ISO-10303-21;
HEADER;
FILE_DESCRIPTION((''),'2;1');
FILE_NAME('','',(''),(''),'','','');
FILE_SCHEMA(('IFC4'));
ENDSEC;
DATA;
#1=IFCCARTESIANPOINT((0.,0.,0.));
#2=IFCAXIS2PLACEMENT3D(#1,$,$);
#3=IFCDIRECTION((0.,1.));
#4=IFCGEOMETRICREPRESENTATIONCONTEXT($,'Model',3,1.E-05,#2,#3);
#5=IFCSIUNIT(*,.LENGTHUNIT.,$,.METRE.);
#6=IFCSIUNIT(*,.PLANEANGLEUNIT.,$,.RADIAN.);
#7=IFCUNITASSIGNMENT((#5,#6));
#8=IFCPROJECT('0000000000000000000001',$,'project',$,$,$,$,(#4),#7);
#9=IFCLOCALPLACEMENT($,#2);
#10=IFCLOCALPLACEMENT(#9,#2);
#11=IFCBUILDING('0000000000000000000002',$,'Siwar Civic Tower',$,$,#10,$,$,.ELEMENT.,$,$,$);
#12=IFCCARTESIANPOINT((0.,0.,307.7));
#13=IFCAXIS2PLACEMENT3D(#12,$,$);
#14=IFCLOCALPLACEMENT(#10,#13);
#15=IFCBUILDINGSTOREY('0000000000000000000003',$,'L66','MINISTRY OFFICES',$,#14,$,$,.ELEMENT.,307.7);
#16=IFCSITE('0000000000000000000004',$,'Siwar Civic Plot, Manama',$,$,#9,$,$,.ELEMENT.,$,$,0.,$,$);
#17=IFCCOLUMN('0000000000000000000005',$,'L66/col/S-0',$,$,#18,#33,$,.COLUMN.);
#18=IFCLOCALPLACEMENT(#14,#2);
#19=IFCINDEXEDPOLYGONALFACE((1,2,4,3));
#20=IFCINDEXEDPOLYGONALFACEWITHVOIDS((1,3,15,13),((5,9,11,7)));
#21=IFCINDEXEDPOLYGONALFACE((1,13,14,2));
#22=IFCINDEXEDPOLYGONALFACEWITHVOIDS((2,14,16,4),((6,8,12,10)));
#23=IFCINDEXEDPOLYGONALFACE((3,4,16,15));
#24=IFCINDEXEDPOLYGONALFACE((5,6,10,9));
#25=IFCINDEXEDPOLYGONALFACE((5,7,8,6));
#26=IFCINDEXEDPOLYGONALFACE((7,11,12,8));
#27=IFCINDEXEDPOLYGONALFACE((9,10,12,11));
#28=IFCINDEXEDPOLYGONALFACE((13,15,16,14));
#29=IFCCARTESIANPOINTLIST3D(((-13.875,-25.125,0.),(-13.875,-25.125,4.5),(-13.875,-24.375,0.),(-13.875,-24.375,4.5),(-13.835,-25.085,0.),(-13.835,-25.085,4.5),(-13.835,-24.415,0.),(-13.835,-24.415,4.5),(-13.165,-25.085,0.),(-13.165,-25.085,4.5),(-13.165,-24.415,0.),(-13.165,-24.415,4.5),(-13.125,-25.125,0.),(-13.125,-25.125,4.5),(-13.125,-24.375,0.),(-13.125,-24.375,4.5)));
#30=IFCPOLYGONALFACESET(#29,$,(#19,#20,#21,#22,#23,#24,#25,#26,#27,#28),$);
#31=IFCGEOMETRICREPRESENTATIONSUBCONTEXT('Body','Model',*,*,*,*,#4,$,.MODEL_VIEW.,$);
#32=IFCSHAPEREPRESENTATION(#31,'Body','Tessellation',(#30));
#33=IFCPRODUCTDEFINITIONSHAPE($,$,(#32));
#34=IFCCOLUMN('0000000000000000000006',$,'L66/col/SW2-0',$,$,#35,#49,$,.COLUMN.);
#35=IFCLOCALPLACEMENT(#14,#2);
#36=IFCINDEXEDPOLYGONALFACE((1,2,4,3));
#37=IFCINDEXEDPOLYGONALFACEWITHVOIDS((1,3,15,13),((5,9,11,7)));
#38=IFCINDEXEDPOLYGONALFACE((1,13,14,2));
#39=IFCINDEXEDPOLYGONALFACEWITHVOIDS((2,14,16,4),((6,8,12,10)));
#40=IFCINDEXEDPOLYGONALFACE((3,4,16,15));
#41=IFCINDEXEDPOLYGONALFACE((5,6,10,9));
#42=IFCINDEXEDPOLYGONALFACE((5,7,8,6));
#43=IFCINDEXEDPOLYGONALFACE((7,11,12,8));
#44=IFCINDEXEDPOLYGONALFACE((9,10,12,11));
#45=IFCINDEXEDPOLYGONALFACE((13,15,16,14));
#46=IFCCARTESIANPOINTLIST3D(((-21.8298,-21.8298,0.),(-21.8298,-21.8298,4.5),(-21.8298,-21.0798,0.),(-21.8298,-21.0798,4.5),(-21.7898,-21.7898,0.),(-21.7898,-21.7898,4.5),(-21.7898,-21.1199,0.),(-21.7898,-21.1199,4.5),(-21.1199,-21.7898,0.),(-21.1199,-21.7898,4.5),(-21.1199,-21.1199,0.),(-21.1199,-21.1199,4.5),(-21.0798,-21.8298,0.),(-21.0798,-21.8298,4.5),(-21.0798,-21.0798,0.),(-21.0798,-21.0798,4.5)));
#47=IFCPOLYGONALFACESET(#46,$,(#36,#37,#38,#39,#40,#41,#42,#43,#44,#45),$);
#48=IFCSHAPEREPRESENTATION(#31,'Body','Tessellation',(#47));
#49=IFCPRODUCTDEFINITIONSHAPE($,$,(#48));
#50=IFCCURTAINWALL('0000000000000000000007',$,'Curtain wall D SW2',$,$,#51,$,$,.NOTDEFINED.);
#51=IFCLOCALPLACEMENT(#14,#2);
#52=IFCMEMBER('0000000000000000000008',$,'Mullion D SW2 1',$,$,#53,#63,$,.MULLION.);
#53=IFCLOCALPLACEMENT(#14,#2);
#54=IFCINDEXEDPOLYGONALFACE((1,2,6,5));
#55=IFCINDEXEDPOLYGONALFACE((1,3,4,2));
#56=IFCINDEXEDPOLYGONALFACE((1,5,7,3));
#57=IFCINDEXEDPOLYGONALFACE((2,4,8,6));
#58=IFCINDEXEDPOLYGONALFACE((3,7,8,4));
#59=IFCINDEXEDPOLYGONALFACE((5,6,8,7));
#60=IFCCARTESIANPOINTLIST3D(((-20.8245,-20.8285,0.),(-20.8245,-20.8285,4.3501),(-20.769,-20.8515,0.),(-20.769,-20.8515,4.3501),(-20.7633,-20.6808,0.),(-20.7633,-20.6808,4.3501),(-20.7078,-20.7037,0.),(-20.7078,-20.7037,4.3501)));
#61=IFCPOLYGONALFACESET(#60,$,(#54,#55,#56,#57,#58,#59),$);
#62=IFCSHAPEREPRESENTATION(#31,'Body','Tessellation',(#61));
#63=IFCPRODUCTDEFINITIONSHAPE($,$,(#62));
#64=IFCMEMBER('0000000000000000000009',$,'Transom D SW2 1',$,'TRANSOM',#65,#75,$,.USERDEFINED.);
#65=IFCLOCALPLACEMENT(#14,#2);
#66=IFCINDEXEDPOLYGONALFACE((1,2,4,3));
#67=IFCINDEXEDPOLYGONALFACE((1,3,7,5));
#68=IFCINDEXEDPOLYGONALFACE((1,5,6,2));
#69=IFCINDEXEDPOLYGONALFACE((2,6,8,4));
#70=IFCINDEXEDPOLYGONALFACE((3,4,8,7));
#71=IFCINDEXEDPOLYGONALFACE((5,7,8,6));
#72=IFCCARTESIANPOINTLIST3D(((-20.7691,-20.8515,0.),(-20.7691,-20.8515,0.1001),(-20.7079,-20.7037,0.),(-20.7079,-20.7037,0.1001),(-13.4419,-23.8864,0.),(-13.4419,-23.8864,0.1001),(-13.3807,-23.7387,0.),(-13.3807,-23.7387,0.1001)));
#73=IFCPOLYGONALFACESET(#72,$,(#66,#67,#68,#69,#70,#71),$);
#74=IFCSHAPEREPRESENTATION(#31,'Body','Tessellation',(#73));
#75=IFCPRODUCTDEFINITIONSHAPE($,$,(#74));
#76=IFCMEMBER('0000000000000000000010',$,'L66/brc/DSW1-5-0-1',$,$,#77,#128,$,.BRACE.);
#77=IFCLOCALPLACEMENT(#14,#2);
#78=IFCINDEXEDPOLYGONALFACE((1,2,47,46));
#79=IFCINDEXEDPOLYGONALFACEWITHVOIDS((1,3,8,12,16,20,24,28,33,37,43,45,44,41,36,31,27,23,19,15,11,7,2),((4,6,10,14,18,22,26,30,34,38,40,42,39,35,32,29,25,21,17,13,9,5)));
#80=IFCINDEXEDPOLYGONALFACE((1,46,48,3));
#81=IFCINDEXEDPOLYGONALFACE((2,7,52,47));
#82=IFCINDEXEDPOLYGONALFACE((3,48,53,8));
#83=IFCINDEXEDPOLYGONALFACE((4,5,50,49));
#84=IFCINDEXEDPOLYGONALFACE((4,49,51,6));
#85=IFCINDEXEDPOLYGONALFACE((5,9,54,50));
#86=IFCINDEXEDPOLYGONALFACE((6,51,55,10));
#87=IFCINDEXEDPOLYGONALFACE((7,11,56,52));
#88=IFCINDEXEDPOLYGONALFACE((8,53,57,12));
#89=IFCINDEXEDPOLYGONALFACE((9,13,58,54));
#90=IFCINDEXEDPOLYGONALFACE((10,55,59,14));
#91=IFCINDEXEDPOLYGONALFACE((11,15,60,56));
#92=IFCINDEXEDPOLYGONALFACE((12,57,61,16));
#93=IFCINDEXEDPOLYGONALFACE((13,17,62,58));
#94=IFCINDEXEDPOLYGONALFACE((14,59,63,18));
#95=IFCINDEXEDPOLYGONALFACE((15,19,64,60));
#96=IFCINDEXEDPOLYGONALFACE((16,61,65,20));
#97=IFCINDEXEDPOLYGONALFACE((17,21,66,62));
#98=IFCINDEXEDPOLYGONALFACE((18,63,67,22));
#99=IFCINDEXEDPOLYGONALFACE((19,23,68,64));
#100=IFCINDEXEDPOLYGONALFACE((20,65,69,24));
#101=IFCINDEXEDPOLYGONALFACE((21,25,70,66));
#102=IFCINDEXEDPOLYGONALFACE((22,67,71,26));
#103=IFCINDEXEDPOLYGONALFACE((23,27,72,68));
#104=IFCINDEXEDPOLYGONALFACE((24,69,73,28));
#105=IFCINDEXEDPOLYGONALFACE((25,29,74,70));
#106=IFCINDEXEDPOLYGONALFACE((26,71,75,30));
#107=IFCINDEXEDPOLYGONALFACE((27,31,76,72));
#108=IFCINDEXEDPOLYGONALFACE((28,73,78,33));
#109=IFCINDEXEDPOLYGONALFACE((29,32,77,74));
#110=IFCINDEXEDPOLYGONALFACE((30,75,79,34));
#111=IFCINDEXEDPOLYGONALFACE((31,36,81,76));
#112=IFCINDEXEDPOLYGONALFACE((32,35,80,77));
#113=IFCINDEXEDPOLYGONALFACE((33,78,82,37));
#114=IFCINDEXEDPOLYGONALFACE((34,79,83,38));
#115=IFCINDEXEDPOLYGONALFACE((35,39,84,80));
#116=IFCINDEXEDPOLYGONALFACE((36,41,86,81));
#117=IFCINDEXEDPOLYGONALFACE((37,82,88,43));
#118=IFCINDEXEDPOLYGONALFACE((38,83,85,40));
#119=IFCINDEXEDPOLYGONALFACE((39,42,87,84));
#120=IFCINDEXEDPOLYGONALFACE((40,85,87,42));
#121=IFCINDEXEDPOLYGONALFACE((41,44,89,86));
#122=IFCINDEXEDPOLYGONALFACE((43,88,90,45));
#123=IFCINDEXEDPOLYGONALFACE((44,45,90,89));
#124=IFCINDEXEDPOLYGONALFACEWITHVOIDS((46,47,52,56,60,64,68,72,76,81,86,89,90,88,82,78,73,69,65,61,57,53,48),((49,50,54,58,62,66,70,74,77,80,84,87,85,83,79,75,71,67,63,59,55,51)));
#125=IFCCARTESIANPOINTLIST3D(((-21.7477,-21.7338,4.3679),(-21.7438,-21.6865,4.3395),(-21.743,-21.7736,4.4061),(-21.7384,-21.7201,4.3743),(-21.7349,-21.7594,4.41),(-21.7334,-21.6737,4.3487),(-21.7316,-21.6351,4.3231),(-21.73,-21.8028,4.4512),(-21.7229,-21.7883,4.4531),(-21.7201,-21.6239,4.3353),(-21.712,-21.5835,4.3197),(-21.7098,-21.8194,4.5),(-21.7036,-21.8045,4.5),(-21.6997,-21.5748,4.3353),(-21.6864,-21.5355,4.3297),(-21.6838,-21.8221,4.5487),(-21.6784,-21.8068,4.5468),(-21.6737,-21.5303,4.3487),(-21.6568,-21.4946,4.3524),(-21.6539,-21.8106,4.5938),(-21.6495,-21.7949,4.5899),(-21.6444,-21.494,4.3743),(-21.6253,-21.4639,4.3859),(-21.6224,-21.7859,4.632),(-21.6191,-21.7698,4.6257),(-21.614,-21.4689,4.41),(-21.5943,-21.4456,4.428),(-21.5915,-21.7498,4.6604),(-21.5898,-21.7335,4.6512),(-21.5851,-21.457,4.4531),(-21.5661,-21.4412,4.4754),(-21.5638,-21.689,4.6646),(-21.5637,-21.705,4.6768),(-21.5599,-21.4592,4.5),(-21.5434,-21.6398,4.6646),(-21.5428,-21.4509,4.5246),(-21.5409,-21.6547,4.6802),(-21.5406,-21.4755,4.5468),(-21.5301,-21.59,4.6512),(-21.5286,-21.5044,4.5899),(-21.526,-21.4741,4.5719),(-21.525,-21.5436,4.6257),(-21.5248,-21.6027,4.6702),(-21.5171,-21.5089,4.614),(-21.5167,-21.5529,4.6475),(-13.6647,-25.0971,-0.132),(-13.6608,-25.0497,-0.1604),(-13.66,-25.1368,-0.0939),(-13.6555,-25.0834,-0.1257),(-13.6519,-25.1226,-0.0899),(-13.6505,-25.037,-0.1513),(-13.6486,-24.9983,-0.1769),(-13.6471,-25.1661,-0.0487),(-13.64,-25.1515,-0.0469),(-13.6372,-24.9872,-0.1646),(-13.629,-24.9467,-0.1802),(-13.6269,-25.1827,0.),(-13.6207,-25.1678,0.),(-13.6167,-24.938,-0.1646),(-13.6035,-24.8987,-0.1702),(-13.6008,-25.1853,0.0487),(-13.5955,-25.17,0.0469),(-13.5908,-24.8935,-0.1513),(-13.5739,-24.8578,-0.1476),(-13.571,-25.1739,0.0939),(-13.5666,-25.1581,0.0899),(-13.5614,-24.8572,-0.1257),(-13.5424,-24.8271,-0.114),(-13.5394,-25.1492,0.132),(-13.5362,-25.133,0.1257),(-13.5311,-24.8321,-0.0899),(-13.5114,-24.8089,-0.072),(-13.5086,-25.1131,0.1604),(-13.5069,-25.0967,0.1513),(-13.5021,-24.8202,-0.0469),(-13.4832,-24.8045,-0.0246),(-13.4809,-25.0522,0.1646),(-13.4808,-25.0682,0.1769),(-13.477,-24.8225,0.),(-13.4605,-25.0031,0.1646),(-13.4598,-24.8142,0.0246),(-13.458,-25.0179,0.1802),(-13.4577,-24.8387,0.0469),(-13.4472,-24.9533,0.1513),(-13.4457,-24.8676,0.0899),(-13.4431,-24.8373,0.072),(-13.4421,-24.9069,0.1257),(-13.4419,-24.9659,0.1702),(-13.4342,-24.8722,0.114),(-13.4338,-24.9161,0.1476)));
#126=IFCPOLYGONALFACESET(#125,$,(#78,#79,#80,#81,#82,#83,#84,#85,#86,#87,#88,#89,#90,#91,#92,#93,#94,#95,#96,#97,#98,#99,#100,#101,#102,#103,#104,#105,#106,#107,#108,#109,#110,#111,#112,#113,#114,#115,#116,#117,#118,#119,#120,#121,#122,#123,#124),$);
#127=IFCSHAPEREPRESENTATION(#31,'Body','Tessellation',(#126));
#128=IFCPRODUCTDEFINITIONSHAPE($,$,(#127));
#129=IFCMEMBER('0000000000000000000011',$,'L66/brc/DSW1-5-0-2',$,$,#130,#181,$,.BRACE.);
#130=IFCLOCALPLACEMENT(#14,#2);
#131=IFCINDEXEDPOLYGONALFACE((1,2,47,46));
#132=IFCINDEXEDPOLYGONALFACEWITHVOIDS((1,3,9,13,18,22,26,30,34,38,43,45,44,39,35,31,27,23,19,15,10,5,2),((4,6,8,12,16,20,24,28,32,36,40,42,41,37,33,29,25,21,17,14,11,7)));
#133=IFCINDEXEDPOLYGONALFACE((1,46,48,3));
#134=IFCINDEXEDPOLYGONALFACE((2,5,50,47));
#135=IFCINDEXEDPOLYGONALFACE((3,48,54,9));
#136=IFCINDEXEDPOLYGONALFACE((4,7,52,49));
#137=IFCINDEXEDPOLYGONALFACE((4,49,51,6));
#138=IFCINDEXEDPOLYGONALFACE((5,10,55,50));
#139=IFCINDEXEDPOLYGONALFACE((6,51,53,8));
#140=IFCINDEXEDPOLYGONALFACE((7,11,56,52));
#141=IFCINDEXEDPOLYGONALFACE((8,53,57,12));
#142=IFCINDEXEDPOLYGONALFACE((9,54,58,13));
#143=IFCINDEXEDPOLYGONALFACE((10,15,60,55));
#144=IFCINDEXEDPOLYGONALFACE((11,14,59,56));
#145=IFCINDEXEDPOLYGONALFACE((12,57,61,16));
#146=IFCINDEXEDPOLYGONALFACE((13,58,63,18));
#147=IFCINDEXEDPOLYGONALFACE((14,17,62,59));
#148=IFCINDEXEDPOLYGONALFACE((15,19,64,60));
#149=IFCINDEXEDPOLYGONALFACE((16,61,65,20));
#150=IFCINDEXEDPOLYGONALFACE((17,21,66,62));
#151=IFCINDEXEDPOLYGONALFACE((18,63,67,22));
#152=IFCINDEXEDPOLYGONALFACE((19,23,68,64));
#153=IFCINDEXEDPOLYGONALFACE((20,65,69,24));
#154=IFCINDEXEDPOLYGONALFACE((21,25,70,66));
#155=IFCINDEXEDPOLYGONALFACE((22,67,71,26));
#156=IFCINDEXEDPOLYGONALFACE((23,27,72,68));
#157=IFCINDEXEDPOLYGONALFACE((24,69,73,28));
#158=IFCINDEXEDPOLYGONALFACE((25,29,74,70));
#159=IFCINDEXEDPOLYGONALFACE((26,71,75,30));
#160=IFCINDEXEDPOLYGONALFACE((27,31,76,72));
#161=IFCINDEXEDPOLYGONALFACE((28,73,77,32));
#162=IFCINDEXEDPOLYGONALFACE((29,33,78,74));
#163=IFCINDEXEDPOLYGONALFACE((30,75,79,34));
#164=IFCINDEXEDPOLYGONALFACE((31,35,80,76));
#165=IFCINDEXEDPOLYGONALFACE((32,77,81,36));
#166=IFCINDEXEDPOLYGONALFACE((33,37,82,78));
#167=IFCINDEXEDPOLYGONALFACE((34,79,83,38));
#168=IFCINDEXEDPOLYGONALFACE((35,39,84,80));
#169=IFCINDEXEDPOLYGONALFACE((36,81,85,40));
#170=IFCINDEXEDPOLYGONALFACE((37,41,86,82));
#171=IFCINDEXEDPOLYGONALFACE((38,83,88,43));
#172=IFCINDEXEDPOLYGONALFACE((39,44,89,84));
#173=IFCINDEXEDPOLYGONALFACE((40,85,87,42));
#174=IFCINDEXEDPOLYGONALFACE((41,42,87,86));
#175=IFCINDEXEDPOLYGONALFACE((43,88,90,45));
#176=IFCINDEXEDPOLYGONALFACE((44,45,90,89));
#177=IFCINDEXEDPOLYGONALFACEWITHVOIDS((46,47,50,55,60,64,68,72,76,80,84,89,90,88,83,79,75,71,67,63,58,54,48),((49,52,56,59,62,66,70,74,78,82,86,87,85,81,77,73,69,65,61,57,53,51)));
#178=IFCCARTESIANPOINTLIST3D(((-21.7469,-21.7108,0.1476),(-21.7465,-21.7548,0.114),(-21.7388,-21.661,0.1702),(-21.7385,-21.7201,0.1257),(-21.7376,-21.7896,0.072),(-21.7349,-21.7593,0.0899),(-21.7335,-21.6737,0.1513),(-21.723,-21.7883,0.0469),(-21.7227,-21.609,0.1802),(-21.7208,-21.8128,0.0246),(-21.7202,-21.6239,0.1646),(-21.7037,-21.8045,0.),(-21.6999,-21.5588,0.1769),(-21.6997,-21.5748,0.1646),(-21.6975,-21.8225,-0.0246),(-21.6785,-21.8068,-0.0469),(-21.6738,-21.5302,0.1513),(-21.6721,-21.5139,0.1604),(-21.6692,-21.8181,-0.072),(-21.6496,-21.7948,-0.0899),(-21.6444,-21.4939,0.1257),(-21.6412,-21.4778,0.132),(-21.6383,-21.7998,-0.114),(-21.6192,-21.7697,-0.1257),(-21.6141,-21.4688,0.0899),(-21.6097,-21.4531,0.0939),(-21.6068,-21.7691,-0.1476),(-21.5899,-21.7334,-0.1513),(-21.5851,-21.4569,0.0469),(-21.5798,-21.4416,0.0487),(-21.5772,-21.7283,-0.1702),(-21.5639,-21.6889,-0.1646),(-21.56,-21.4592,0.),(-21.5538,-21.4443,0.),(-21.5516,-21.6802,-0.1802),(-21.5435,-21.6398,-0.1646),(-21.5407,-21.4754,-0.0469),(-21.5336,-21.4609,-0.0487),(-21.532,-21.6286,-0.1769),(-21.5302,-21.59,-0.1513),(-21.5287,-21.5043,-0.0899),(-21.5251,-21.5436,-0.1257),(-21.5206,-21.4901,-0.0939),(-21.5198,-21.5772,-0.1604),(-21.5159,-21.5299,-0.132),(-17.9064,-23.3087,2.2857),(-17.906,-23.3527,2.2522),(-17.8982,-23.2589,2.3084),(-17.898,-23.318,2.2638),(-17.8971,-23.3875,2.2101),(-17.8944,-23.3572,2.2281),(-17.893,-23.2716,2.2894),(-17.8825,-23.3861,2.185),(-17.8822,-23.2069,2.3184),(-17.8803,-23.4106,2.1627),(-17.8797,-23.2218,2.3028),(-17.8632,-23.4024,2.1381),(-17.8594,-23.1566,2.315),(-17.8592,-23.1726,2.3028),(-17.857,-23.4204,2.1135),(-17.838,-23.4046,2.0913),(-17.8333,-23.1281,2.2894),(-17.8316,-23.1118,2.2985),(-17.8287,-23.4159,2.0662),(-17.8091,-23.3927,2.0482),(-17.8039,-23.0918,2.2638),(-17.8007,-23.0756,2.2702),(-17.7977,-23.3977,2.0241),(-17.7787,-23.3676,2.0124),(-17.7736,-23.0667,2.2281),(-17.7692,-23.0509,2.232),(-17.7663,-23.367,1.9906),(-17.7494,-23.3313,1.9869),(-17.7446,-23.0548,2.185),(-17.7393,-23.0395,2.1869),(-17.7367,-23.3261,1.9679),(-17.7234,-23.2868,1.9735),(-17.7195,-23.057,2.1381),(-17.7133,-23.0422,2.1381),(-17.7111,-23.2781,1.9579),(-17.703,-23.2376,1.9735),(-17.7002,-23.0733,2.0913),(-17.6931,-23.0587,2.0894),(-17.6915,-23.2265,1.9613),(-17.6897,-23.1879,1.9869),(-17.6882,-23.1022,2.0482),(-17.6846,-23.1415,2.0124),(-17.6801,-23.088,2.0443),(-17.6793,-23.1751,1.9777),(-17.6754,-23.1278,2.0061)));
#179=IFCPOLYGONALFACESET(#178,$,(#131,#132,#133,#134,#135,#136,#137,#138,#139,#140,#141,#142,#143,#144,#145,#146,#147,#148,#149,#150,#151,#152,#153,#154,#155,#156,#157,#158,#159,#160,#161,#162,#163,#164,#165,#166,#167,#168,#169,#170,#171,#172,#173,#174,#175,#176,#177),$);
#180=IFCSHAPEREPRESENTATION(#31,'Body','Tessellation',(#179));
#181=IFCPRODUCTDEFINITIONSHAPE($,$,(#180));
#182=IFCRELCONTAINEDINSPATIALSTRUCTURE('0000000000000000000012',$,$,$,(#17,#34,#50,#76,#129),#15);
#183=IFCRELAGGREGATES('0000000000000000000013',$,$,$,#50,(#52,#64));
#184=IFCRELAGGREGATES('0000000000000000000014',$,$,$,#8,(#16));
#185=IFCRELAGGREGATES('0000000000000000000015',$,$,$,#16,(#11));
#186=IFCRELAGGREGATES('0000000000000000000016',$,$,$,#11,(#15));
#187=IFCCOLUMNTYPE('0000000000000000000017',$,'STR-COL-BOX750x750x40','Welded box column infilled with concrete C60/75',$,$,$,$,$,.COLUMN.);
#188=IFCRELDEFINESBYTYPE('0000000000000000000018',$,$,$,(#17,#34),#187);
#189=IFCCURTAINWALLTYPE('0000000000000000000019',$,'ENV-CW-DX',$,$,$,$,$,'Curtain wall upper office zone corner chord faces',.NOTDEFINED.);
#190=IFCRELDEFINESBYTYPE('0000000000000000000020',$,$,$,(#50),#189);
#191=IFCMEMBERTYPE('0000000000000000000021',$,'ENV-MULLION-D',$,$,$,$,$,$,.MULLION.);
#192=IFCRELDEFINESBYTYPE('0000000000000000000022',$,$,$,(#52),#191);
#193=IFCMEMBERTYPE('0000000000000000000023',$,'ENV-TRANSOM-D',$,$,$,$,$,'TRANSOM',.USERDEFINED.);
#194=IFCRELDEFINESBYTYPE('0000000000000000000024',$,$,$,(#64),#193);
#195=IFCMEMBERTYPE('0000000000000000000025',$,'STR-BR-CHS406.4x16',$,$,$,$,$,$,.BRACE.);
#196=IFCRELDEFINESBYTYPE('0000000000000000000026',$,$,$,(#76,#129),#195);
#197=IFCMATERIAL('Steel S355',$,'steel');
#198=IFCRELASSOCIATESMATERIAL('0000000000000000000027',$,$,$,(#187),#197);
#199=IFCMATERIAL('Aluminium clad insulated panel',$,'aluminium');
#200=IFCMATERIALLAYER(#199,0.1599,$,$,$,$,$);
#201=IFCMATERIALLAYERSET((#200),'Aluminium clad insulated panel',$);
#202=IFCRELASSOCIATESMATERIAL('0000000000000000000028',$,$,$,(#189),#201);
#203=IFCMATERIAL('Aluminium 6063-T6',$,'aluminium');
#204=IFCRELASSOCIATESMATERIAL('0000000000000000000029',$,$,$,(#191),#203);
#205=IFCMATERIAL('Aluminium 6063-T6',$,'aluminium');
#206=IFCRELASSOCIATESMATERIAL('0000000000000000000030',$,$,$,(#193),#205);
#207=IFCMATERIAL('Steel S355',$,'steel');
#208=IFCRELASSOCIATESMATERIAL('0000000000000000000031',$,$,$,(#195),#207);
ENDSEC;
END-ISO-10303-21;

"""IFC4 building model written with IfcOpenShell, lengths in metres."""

from ifc_helpers import new_model, si_unit, direction, frame, origin, origin_2d, place, context, subcontext, project, spatial, rectangle, hollow_rectangle, hollow_circle, extrude, material, layer, layer_set, material_profile, profile_set, type_object, element, aggregate, save


model = new_model("IFC4")

# Units and contexts
model_context = context("Model", 3, precision=1e-05, world=origin(), true_north=direction((0.0, 1.0)))
body_context = subcontext(model_context, "Body", "Model", "MODEL_VIEW")
ifc_project = project(units=[si_unit("LENGTHUNIT", "METRE"), si_unit("PLANEANGLEUNIT", "RADIAN")], contexts=[model_context])

# Site, building, storey
site_placement = place(None, origin())
site = spatial("IfcSite", under=ifc_project, at=site_placement, Name="Siwar Civic Plot, Manama", CompositionType="ELEMENT", RefElevation=0.0)
building_placement = place(site_placement, origin())
building = spatial("IfcBuilding", under=site, at=building_placement, Name="Siwar Civic Tower", CompositionType="ELEMENT")
storey_placement = place(building_placement, frame((0.0, 0.0, 307.7)))
storey = spatial("IfcBuildingStorey", under=building, at=storey_placement, Name="L66", Description="MINISTRY OFFICES", CompositionType="ELEMENT", Elevation=307.7)

# Columns
ifc_material_1 = material(Name="Steel S355", Category="steel")
ifc_material_profile_1 = material_profile(ifc_material_1, hollow_rectangle(XDim=0.75, YDim=0.75, WallThickness=0.04, at=origin_2d()), Name="BOX750x750x40")
ifc_profile_set_1 = profile_set([ifc_material_profile_1], Name="Steel S355")
column_type = type_object("IfcColumnType", Name="STR-COL-BOX750x750x40", Description="Welded box column infilled with concrete C60/75", PredefinedType="COLUMN", material=ifc_profile_set_1)
for number, where, z_axis, x_axis, name in (
    (1, (-13.5, -24.75, 0.0), (0.0, 0.0, 1.0), (1.0, 0.0, 0.0), "L66/col/S-0"),
    (2, (-21.4548, -21.4548, 0.0), (0.0, 0.0, 1.0), (1.0, 0.0, 0.0), "L66/col/SW2-0"),
):
    element("IfcColumn", number, at=place(storey_placement, frame(where, z_axis=z_axis, x_axis=x_axis)), inside=storey, type_object=column_type, Name=name, PredefinedType="COLUMN", context=body_context, shape_type="SweptSolid", body=[
        extrude(hollow_rectangle(XDim=0.75, YDim=0.75, WallThickness=0.04, at=origin_2d()), origin(), (0.0, 0.0, 1.0), 4.5),
    ])

# Curtain wall, members
ifc_material_2 = material(Name="Aluminium clad insulated panel", Category="aluminium")
ifc_layer_1 = layer(ifc_material_2, 0.1599)
ifc_layer_set_1 = layer_set([ifc_layer_1], Name="Aluminium clad insulated panel")
curtain_wall_type = type_object("IfcCurtainWallType", Name="ENV-CW-DX", ElementType="Curtain wall upper office zone corner chord faces", PredefinedType="NOTDEFINED", material=ifc_layer_set_1)
curtain_wall_1_placement = place(storey_placement, origin())
curtain_wall_1 = element("IfcCurtainWall", 3, at=curtain_wall_1_placement, inside=storey, type_object=curtain_wall_type, Name="Curtain wall D SW2", PredefinedType="NOTDEFINED")
ifc_material_3 = material(Name="Aluminium 6063-T6", Category="aluminium")
ifc_material_profile_2 = material_profile(ifc_material_3, rectangle(XDim=0.1599, YDim=0.0601, at=origin_2d()), Name="AL 160x60")
ifc_profile_set_2 = profile_set([ifc_material_profile_2], Name="Aluminium 6063-T6")
member_type_1 = type_object("IfcMemberType", Name="ENV-MULLION-D", PredefinedType="MULLION", material=ifc_profile_set_2)
member_1_placement = place(storey_placement, frame((-20.7661, -20.7661, 0.0), z_axis=(0.0, 0.0, 1.0), x_axis=(0.382683, 0.92388, 0.0)))
member_1 = element("IfcMember", 4, at=member_1_placement, type_object=member_type_1, Name="Mullion D SW2 1", PredefinedType="MULLION", context=body_context, shape_type="SweptSolid", body=[
    extrude(rectangle(XDim=0.1599, YDim=0.0601, at=origin_2d()), origin(), (0.0, 0.0, 1.0), 4.3501),
])
ifc_material_4 = material(Name="Aluminium 6063-T6", Category="aluminium")
ifc_material_profile_3 = material_profile(ifc_material_4, rectangle(XDim=0.1599, YDim=0.1001, at=origin_2d()), Name="AL 160x100")
ifc_profile_set_3 = profile_set([ifc_material_profile_3], Name="Aluminium 6063-T6")
member_type_2 = type_object("IfcMemberType", Name="ENV-TRANSOM-D", ElementType="TRANSOM", PredefinedType="USERDEFINED", material=ifc_profile_set_3)
member_2_placement = place(storey_placement, frame((-20.7385, -20.7776, 0.05), z_axis=(0.923884, -0.382674, 0.0), x_axis=(0.382674, 0.923884, 0.0)))
member_2 = element("IfcMember", 5, at=member_2_placement, type_object=member_type_2, Name="Transom D SW2 1", ObjectType="TRANSOM", PredefinedType="USERDEFINED", context=body_context, shape_type="SweptSolid", body=[
    extrude(rectangle(XDim=0.1599, YDim=0.1001, at=origin_2d()), origin(), (0.0, 0.0, 1.0), 7.9309),
])

# Members
ifc_material_5 = material(Name="Steel S355", Category="steel")
ifc_material_profile_4 = material_profile(ifc_material_5, hollow_circle(Radius=0.2031, WallThickness=0.0161, at=origin_2d()), Name="CHS406.4x16")
ifc_profile_set_4 = profile_set([ifc_material_profile_4], Name="Steel S355")
member_type_3 = type_object("IfcMemberType", Name="STR-BR-CHS406.4x16", PredefinedType="BRACE", material=ifc_profile_set_4)
member_3_placement = place(storey_placement, frame((-13.5488, -24.9951, 0.0), z_axis=(-0.821143, 0.341671, 0.457149), x_axis=(-0.384164, -0.923265, 0.0)))
element("IfcMember", 6, at=member_3_placement, inside=storey, type_object=member_type_3, Name="L66/brc/DSW1-5-0-1", PredefinedType="BRACE", context=body_context, shape_type="SweptSolid", body=[
    extrude(hollow_circle(Radius=0.2031, WallThickness=0.0161, at=origin_2d()), origin(), (0.0, 0.0, 1.0), 9.8435),
])
member_4_placement = place(storey_placement, frame((-21.6318, -21.6318, 0.0), z_axis=(0.821147, -0.341644, 0.457161), x_axis=(0.384136, 0.923276, 0.0)))
element("IfcMember", 7, at=member_4_placement, inside=storey, type_object=member_type_3, Name="L66/brc/DSW1-5-0-2", PredefinedType="BRACE", context=body_context, shape_type="SweptSolid", body=[
    extrude(hollow_circle(Radius=0.2031, WallThickness=0.0161, at=origin_2d()), origin(), (0.0, 0.0, 1.0), 4.677),
])

aggregate(curtain_wall_1, [member_1, member_2])

save(model, "model.ifc")
